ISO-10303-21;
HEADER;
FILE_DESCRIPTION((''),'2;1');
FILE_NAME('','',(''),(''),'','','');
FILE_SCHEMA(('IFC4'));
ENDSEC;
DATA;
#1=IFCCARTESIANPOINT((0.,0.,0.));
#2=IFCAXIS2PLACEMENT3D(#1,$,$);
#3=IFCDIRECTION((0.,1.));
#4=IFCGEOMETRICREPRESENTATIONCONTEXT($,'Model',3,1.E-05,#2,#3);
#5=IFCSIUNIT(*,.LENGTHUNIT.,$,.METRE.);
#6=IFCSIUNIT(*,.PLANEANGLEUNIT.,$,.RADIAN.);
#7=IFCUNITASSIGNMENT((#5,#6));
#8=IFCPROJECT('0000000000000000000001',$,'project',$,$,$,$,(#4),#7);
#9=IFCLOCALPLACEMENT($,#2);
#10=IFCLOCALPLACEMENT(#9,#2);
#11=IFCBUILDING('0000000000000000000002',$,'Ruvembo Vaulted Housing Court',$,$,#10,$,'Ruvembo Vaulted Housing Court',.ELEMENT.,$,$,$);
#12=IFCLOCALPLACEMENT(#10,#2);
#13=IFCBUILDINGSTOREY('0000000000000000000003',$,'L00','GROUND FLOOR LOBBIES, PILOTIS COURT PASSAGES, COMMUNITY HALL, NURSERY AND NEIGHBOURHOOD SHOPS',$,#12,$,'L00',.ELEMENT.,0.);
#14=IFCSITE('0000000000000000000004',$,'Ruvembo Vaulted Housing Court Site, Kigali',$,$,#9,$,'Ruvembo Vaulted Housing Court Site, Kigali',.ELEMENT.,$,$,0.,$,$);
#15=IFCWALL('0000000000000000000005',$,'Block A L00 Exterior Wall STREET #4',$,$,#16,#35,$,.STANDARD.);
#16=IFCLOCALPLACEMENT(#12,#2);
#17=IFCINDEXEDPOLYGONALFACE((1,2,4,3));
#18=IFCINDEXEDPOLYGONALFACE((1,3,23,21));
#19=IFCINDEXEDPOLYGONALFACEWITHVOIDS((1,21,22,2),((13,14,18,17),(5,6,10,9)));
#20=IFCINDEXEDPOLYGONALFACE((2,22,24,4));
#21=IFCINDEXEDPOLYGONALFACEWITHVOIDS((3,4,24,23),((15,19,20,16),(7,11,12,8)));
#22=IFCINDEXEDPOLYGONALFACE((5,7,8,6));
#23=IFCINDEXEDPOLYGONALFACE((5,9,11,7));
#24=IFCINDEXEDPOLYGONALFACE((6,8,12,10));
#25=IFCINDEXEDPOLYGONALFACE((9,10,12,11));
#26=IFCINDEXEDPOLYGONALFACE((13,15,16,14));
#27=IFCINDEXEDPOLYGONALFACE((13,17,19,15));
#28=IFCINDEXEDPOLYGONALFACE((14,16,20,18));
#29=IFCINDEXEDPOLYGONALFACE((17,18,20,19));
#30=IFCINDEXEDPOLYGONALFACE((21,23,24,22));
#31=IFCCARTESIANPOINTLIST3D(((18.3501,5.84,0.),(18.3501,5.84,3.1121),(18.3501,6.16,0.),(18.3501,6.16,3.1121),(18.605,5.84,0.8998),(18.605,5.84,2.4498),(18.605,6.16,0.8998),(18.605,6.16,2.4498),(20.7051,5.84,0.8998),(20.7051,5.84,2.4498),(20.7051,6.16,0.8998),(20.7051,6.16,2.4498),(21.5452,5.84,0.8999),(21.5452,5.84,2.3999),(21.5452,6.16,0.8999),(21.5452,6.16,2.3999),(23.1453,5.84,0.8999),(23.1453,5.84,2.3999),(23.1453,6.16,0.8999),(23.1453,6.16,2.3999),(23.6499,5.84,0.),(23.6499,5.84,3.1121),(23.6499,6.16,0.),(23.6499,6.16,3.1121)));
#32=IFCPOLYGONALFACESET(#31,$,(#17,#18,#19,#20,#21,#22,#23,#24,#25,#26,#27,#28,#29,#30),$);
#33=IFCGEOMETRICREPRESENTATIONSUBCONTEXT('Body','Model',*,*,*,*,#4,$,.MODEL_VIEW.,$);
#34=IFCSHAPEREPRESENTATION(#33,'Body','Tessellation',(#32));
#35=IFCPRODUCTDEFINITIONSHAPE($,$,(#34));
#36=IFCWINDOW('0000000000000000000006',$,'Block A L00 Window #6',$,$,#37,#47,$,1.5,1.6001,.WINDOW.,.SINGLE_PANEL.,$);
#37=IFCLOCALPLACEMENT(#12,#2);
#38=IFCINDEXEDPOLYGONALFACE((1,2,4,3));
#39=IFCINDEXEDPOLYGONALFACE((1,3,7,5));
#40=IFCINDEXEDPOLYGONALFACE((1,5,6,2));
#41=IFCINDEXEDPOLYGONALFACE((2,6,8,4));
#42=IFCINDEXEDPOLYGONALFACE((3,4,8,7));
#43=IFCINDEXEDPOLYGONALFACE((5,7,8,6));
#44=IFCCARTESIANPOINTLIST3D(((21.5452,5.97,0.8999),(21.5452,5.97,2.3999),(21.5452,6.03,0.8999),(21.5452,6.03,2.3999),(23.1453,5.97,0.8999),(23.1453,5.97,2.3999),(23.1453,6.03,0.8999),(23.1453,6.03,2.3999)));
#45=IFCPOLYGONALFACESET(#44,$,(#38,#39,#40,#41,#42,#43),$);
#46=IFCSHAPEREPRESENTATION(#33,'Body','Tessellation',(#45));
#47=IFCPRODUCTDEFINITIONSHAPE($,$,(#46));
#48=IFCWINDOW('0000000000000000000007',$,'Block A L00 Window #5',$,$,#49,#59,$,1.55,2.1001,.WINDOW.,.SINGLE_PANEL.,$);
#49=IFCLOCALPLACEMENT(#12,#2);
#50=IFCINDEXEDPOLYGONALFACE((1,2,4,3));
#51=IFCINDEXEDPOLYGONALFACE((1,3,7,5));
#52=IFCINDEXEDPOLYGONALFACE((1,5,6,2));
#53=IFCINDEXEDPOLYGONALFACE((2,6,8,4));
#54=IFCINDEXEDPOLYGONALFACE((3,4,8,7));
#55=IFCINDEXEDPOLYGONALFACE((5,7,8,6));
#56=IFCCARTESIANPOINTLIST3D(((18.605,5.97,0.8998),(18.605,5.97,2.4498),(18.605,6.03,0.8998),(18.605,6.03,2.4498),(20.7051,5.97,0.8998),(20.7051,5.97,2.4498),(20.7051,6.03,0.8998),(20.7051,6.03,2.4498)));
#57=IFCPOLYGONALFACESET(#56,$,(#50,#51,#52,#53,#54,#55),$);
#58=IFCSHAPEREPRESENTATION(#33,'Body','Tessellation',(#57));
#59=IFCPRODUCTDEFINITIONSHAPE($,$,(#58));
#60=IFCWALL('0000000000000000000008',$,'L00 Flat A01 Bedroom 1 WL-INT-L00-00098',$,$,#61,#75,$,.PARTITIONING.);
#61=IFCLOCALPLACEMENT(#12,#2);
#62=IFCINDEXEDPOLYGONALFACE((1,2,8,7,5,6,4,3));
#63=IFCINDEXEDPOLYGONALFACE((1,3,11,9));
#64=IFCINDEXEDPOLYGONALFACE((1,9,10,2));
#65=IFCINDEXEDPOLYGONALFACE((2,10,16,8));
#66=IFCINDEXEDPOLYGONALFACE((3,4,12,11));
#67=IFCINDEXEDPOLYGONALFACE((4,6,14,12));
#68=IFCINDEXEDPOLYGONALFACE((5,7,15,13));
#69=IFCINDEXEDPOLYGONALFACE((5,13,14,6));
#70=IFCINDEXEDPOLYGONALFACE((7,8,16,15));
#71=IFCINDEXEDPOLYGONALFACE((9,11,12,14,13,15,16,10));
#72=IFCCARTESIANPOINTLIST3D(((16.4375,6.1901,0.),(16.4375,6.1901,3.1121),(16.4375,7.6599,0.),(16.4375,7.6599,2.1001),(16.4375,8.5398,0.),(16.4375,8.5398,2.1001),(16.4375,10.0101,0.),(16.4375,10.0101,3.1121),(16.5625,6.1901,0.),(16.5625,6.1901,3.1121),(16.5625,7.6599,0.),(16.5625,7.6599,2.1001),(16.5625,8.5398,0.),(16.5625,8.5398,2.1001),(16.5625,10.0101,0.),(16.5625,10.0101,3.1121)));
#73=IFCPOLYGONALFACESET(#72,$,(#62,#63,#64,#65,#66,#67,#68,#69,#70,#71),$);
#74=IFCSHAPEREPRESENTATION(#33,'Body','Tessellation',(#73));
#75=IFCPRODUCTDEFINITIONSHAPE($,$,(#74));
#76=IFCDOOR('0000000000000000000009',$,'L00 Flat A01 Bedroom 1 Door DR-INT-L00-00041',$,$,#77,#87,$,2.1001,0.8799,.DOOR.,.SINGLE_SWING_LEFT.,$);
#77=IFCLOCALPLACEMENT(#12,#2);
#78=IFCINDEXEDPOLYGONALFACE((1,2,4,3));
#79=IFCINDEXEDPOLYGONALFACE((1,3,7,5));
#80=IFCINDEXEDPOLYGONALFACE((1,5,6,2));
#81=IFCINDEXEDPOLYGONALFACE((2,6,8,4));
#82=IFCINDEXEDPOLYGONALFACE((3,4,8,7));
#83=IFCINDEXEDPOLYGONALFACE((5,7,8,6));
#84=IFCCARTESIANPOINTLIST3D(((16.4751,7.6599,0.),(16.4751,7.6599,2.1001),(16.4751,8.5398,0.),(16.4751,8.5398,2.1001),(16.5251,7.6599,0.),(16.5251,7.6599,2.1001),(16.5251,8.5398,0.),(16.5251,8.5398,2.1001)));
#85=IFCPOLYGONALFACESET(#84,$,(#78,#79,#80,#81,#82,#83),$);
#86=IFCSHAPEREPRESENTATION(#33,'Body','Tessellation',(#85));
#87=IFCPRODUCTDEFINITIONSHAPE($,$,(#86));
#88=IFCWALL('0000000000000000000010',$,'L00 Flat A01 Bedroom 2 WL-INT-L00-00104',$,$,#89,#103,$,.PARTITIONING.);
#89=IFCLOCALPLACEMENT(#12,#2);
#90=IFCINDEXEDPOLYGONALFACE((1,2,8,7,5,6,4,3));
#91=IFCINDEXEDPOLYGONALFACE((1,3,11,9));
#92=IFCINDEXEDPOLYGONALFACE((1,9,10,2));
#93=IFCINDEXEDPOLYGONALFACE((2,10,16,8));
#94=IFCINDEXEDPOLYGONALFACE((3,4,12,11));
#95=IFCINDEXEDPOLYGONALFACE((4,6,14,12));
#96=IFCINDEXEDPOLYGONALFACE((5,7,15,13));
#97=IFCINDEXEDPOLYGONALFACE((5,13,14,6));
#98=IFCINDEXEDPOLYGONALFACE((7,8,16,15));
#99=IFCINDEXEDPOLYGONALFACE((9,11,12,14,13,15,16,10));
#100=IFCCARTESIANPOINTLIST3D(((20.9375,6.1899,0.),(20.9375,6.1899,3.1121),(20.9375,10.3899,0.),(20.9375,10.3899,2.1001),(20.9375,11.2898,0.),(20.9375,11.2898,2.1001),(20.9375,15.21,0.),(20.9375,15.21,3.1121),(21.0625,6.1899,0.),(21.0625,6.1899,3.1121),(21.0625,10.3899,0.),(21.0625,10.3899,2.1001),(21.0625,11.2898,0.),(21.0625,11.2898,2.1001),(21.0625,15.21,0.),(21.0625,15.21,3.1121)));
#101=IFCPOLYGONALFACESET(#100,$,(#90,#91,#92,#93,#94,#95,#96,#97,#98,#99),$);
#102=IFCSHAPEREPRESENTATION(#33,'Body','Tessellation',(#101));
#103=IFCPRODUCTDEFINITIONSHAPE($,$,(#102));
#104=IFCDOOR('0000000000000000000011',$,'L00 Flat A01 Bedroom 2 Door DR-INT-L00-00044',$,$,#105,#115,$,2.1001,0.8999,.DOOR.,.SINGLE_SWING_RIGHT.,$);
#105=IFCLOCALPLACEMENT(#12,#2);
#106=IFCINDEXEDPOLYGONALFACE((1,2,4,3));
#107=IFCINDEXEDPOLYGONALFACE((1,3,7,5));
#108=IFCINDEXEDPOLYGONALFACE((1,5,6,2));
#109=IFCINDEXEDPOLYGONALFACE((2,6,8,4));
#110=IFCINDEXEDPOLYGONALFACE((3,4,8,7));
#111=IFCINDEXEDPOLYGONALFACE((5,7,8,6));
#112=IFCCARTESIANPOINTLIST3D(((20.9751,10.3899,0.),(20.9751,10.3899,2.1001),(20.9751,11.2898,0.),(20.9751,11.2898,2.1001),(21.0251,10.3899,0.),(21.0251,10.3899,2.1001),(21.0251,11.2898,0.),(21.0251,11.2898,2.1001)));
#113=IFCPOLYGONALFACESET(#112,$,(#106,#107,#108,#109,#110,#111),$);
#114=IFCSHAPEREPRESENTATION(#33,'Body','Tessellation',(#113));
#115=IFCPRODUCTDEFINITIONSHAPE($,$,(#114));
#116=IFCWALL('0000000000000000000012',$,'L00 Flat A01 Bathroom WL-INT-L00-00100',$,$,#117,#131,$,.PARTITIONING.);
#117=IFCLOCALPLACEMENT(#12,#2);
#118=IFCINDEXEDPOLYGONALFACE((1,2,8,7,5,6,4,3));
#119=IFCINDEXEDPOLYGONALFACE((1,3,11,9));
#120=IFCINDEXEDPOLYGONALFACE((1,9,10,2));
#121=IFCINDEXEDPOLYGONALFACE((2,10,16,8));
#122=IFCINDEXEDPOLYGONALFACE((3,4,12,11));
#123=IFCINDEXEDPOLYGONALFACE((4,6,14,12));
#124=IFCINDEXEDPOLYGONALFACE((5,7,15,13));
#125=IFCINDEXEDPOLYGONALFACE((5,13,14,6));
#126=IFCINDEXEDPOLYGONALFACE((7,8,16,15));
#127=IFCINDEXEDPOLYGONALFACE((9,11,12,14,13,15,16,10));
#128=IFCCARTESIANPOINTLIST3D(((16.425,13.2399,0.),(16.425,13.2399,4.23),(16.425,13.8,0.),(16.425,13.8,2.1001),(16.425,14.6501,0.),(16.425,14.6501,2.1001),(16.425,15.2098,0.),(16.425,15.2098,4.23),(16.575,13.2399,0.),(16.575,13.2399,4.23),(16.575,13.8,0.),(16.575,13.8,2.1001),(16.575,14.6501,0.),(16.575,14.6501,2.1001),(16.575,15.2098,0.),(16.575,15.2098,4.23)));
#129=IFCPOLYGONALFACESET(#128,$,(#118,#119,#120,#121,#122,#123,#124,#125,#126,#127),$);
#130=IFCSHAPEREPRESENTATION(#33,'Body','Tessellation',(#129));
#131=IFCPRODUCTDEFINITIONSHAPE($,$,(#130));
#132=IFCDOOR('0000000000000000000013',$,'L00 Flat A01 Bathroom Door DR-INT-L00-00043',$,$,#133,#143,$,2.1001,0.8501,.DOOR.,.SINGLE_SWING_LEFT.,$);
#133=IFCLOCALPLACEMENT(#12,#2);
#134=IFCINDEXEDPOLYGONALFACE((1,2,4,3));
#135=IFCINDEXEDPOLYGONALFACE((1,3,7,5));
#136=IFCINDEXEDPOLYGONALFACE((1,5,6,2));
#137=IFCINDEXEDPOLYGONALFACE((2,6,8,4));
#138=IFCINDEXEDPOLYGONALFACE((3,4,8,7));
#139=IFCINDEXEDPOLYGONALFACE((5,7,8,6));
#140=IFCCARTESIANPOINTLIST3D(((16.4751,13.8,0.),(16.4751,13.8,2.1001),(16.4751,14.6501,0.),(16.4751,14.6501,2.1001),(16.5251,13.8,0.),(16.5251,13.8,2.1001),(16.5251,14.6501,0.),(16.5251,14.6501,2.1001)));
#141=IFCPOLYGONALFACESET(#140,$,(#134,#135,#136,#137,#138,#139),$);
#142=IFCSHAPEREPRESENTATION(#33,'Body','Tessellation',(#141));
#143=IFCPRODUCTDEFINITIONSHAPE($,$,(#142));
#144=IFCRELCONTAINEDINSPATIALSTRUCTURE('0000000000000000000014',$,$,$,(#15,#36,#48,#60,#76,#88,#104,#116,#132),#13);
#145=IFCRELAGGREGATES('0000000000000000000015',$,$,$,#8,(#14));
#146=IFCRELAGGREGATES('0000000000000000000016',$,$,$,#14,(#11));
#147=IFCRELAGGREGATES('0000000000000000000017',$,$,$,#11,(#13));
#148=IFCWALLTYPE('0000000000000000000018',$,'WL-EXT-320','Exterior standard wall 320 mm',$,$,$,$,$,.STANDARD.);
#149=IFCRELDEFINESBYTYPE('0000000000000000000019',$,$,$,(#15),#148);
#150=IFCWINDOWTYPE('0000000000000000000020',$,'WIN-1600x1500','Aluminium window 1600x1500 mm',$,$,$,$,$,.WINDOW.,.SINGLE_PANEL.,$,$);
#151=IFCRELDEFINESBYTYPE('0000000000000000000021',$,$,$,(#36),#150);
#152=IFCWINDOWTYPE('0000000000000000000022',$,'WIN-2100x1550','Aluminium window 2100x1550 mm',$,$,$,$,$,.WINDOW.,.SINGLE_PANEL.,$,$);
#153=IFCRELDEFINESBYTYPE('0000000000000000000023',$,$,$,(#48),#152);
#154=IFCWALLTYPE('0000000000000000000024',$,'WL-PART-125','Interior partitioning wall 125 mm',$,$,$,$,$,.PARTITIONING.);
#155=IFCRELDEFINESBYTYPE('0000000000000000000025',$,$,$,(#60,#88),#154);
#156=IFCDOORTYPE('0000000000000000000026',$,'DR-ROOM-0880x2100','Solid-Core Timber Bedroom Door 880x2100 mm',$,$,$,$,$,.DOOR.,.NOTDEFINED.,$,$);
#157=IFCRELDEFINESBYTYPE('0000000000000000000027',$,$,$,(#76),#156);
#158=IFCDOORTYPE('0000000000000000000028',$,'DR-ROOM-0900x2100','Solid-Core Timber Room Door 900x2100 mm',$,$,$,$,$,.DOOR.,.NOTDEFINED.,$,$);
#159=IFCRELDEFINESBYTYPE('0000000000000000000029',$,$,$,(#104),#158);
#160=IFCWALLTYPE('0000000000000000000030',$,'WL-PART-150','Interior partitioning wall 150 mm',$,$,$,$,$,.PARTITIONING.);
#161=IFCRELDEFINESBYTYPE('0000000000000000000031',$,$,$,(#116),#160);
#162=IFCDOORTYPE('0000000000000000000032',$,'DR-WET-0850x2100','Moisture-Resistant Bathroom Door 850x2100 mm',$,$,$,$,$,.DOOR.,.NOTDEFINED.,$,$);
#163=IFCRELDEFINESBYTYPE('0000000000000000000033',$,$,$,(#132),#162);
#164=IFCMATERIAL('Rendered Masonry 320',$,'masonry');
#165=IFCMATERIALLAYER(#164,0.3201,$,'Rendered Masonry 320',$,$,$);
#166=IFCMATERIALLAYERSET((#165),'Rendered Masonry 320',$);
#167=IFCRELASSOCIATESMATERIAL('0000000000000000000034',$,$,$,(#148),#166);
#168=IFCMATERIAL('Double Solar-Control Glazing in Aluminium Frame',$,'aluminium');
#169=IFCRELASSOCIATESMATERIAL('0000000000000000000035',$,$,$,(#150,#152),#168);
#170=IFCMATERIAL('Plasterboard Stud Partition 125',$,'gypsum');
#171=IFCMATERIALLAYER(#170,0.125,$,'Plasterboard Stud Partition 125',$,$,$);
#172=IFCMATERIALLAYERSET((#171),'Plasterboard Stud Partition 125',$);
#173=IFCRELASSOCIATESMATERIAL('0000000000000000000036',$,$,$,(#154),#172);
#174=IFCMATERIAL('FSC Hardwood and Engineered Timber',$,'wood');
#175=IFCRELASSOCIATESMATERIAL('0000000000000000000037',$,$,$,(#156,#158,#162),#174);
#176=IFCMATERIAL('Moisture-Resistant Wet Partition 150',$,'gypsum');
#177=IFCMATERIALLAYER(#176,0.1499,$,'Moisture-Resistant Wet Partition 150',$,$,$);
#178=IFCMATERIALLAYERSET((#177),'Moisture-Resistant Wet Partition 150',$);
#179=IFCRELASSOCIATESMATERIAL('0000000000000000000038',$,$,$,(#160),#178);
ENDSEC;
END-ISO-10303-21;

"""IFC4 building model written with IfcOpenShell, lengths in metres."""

from ifc_helpers import new_model, si_unit, direction, frame, frame_2d, origin, place, context, subcontext, project, spatial, rectangle, extrude, material, layer, layer_set, type_object, element, fill, save


model = new_model("IFC4")

# Units and contexts
model_context = context("Model", 3, precision=1e-05, world=origin(), true_north=direction((0.0, 1.0)))
body_context = subcontext(model_context, "Body", "Model", "MODEL_VIEW")
ifc_project = project(units=[si_unit("LENGTHUNIT", "METRE"), si_unit("PLANEANGLEUNIT", "RADIAN")], contexts=[model_context])

# Site, building, storey
site_placement = place(None, origin())
site = spatial("IfcSite", under=ifc_project, at=site_placement, Name="Ruvembo Vaulted Housing Court Site, Kigali", LongName="Ruvembo Vaulted Housing Court Site, Kigali", CompositionType="ELEMENT", RefElevation=0.0)
building_placement = place(site_placement, origin())
building = spatial("IfcBuilding", under=site, at=building_placement, Name="Ruvembo Vaulted Housing Court", LongName="Ruvembo Vaulted Housing Court", CompositionType="ELEMENT")
storey_placement = place(building_placement, origin())
storey = spatial("IfcBuildingStorey", under=building, at=storey_placement, Name="L00", Description="GROUND FLOOR LOBBIES, PILOTIS COURT PASSAGES, COMMUNITY HALL, NURSERY AND NEIGHBOURHOOD SHOPS", LongName="L00", CompositionType="ELEMENT", Elevation=0.0)

# Shared definitions
ifc_material_1 = material(Name="FSC Hardwood and Engineered Timber", Category="wood")

# Wall, openings, windows
ifc_material_2 = material(Name="Rendered Masonry 320", Category="masonry")
ifc_layer_1 = layer(ifc_material_2, 0.3201, Name="Rendered Masonry 320")
ifc_layer_set_1 = layer_set([ifc_layer_1], Name="Rendered Masonry 320")
wall_type_1 = type_object("IfcWallType", Name="WL-EXT-320", Description="Exterior standard wall 320 mm", PredefinedType="STANDARD", material=ifc_layer_set_1)
ifc_material_3 = material(Name="Double Solar-Control Glazing in Aluminium Frame", Category="aluminium")
wall_1_placement = place(storey_placement, frame((18.3501, 6.0, 0.0), z_axis=(0.0, 0.0, 1.0), x_axis=(1.0, 0.0, 0.0)))
wall_1 = element("IfcWall", 1, at=wall_1_placement, inside=storey, type_object=wall_type_1, Name="Block A L00 Exterior Wall STREET #4", PredefinedType="STANDARD", context=body_context, shape_type="SweptSolid", body=[
    extrude(rectangle(XDim=5.2998, YDim=0.3201, at=frame_2d((2.6499, 0.0))), origin(), (0.0, 0.0, 1.0), 3.1121),
])
opening_1_placement = place(wall_1_placement, frame((0.2549, 0.0, 0.8999)))
opening_1 = element("IfcOpeningElement", 2, at=opening_1_placement, cuts=wall_1, PredefinedType="OPENING", context=body_context, shape_type="SweptSolid", body=[
    extrude(rectangle(XDim=2.1001, YDim=1.55, at=frame_2d((1.05, 0.7749))), frame((0.0, 0.1699, 0.0), z_axis=(0.0, -1.0, 0.0), x_axis=(1.0, 0.0, 0.0)), (0.0, 0.0, 1.0), 0.3401),
])
opening_2_placement = place(wall_1_placement, frame((3.1951, 0.0, 0.8999)))
opening_2 = element("IfcOpeningElement", 3, at=opening_2_placement, cuts=wall_1, PredefinedType="OPENING", context=body_context, shape_type="SweptSolid", body=[
    extrude(rectangle(XDim=1.6001, YDim=1.5, at=frame_2d((0.8, 0.75))), frame((0.0, 0.1699, 0.0), z_axis=(0.0, -1.0, 0.0), x_axis=(1.0, 0.0, 0.0)), (0.0, 0.0, 1.0), 0.3401),
])
window_type_1 = type_object("IfcWindowType", Name="WIN-1600x1500", Description="Aluminium window 1600x1500 mm", PartitioningType="SINGLE_PANEL", PredefinedType="WINDOW", material=ifc_material_3)
window_1_placement = place(opening_2_placement, origin())
window_1 = element("IfcWindow", 4, at=window_1_placement, inside=storey, type_object=window_type_1, Name="Block A L00 Window #6", OverallHeight=1.5, OverallWidth=1.6001, PartitioningType="SINGLE_PANEL", PredefinedType="WINDOW", context=body_context, shape_type="SweptSolid", body=[
    extrude(rectangle(XDim=1.6001, YDim=1.5, at=frame_2d((0.8, 0.75))), frame((0.0, 0.03, 0.0), z_axis=(0.0, -1.0, 0.0), x_axis=(1.0, 0.0, 0.0)), (0.0, 0.0, 1.0), 0.0601),
])
fill(opening_2, window_1)
window_type_2 = type_object("IfcWindowType", Name="WIN-2100x1550", Description="Aluminium window 2100x1550 mm", PartitioningType="SINGLE_PANEL", PredefinedType="WINDOW", material=ifc_material_3)
window_2_placement = place(opening_1_placement, origin())
window_2 = element("IfcWindow", 5, at=window_2_placement, inside=storey, type_object=window_type_2, Name="Block A L00 Window #5", OverallHeight=1.55, OverallWidth=2.1001, PartitioningType="SINGLE_PANEL", PredefinedType="WINDOW", context=body_context, shape_type="SweptSolid", body=[
    extrude(rectangle(XDim=2.1001, YDim=1.55, at=frame_2d((1.05, 0.7749))), frame((0.0, 0.03, 0.0), z_axis=(0.0, -1.0, 0.0), x_axis=(1.0, 0.0, 0.0)), (0.0, 0.0, 1.0), 0.0601),
])
fill(opening_1, window_2)

# Walls, openings, doors
ifc_material_4 = material(Name="Plasterboard Stud Partition 125", Category="gypsum")
ifc_layer_2 = layer(ifc_material_4, 0.125, Name="Plasterboard Stud Partition 125")
ifc_layer_set_2 = layer_set([ifc_layer_2], Name="Plasterboard Stud Partition 125")
wall_type_2 = type_object("IfcWallType", Name="WL-PART-125", Description="Interior partitioning wall 125 mm", PredefinedType="PARTITIONING", material=ifc_layer_set_2)
wall_2_placement = place(storey_placement, frame((16.5, 6.1899, 0.0), z_axis=(0.0, 0.0, 1.0), x_axis=(0.0, 1.0, 0.0)))
wall_2 = element("IfcWall", 6, at=wall_2_placement, inside=storey, type_object=wall_type_2, Name="L00 Flat A01 Bedroom 1 WL-INT-L00-00098", PredefinedType="PARTITIONING", context=body_context, shape_type="SweptSolid", body=[
    extrude(rectangle(XDim=3.8201, YDim=0.125, at=frame_2d((1.9102, 0.0))), origin(), (0.0, 0.0, 1.0), 3.1121),
])
opening_3_placement = place(wall_2_placement, frame((1.47, 0.0, 0.0)))
opening_3 = element("IfcOpeningElement", 7, at=opening_3_placement, cuts=wall_2, PredefinedType="OPENING", context=body_context, shape_type="SweptSolid", body=[
    extrude(rectangle(XDim=0.8799, YDim=2.1001, at=frame_2d((0.4399, 1.05))), frame((0.0, 0.0725, 0.0), z_axis=(0.0, -1.0, 0.0), x_axis=(1.0, 0.0, 0.0)), (0.0, 0.0, 1.0), 0.145),
])
door_type_1 = type_object("IfcDoorType", Name="DR-ROOM-0880x2100", Description="Solid-Core Timber Bedroom Door 880x2100 mm", OperationType="NOTDEFINED", PredefinedType="DOOR", material=ifc_material_1)
door_1_placement = place(opening_3_placement, origin())
door_1 = element("IfcDoor", 8, at=door_1_placement, inside=storey, type_object=door_type_1, Name="L00 Flat A01 Bedroom 1 Door DR-INT-L00-00041", OperationType="SINGLE_SWING_LEFT", OverallHeight=2.1001, OverallWidth=0.8799, PredefinedType="DOOR", context=body_context, shape_type="SweptSolid", body=[
    extrude(rectangle(XDim=0.8799, YDim=2.1001, at=frame_2d((0.4399, 1.05))), frame((0.0, 0.0249, 0.0), z_axis=(0.0, -1.0, 0.0), x_axis=(1.0, 0.0, 0.0)), (0.0, 0.0, 1.0), 0.05),
])
fill(opening_3, door_1)
wall_3_placement = place(storey_placement, frame((21.0, 6.1899, 0.0), z_axis=(0.0, 0.0, 1.0), x_axis=(0.0, 1.0, 0.0)))
wall_3 = element("IfcWall", 9, at=wall_3_placement, inside=storey, type_object=wall_type_2, Name="L00 Flat A01 Bedroom 2 WL-INT-L00-00104", PredefinedType="PARTITIONING", context=body_context, shape_type="SweptSolid", body=[
    extrude(rectangle(XDim=9.02, YDim=0.125, at=frame_2d((4.51, 0.0))), origin(), (0.0, 0.0, 1.0), 3.1121),
])
opening_4_placement = place(wall_3_placement, frame((4.2, 0.0, 0.0)))
opening_4 = element("IfcOpeningElement", 10, at=opening_4_placement, cuts=wall_3, PredefinedType="OPENING", context=body_context, shape_type="SweptSolid", body=[
    extrude(rectangle(XDim=0.8999, YDim=2.1001, at=frame_2d((0.45, 1.05))), frame((0.0, 0.0725, 0.0), z_axis=(0.0, -1.0, 0.0), x_axis=(1.0, 0.0, 0.0)), (0.0, 0.0, 1.0), 0.145),
])
door_type_2 = type_object("IfcDoorType", Name="DR-ROOM-0900x2100", Description="Solid-Core Timber Room Door 900x2100 mm", OperationType="NOTDEFINED", PredefinedType="DOOR", material=ifc_material_1)
door_2_placement = place(opening_4_placement, origin())
door_2 = element("IfcDoor", 11, at=door_2_placement, inside=storey, type_object=door_type_2, Name="L00 Flat A01 Bedroom 2 Door DR-INT-L00-00044", OperationType="SINGLE_SWING_RIGHT", OverallHeight=2.1001, OverallWidth=0.8999, PredefinedType="DOOR", context=body_context, shape_type="SweptSolid", body=[
    extrude(rectangle(XDim=0.8999, YDim=2.1001, at=frame_2d((0.45, 1.05))), frame((0.0, 0.0249, 0.0), z_axis=(0.0, -1.0, 0.0), x_axis=(1.0, 0.0, 0.0)), (0.0, 0.0, 1.0), 0.05),
])
fill(opening_4, door_2)
ifc_material_5 = material(Name="Moisture-Resistant Wet Partition 150", Category="gypsum")
ifc_layer_3 = layer(ifc_material_5, 0.1499, Name="Moisture-Resistant Wet Partition 150")
ifc_layer_set_3 = layer_set([ifc_layer_3], Name="Moisture-Resistant Wet Partition 150")
wall_type_3 = type_object("IfcWallType", Name="WL-PART-150", Description="Interior partitioning wall 150 mm", PredefinedType="PARTITIONING", material=ifc_layer_set_3)
wall_4_placement = place(storey_placement, frame((16.5, 13.24, 0.0), z_axis=(0.0, 0.0, 1.0), x_axis=(0.0, 1.0, 0.0)))
wall_4 = element("IfcWall", 12, at=wall_4_placement, inside=storey, type_object=wall_type_3, Name="L00 Flat A01 Bathroom WL-INT-L00-00100", PredefinedType="PARTITIONING", context=body_context, shape_type="SweptSolid", body=[
    extrude(rectangle(XDim=1.97, YDim=0.1499, at=frame_2d((0.9849, 0.0))), origin(), (0.0, 0.0, 1.0), 4.23),
])
opening_5_placement = place(wall_4_placement, frame((0.5601, 0.0, 0.0)))
opening_5 = element("IfcOpeningElement", 13, at=opening_5_placement, cuts=wall_4, PredefinedType="OPENING", context=body_context, shape_type="SweptSolid", body=[
    extrude(rectangle(XDim=0.8501, YDim=2.1001, at=frame_2d((0.425, 1.05))), frame((0.0, 0.085, 0.0), z_axis=(0.0, -1.0, 0.0), x_axis=(1.0, 0.0, 0.0)), (0.0, 0.0, 1.0), 0.1699),
])
door_type_3 = type_object("IfcDoorType", Name="DR-WET-0850x2100", Description="Moisture-Resistant Bathroom Door 850x2100 mm", OperationType="NOTDEFINED", PredefinedType="DOOR", material=ifc_material_1)
door_3_placement = place(opening_5_placement, origin())
door_3 = element("IfcDoor", 14, at=door_3_placement, inside=storey, type_object=door_type_3, Name="L00 Flat A01 Bathroom Door DR-INT-L00-00043", OperationType="SINGLE_SWING_LEFT", OverallHeight=2.1001, OverallWidth=0.8501, PredefinedType="DOOR", context=body_context, shape_type="SweptSolid", body=[
    extrude(rectangle(XDim=0.8501, YDim=2.1001, at=frame_2d((0.425, 1.05))), frame((0.0, 0.0249, 0.0), z_axis=(0.0, -1.0, 0.0), x_axis=(1.0, 0.0, 0.0)), (0.0, 0.0, 1.0), 0.05),
])
fill(opening_5, door_3)

save(model, "model.ifc")
